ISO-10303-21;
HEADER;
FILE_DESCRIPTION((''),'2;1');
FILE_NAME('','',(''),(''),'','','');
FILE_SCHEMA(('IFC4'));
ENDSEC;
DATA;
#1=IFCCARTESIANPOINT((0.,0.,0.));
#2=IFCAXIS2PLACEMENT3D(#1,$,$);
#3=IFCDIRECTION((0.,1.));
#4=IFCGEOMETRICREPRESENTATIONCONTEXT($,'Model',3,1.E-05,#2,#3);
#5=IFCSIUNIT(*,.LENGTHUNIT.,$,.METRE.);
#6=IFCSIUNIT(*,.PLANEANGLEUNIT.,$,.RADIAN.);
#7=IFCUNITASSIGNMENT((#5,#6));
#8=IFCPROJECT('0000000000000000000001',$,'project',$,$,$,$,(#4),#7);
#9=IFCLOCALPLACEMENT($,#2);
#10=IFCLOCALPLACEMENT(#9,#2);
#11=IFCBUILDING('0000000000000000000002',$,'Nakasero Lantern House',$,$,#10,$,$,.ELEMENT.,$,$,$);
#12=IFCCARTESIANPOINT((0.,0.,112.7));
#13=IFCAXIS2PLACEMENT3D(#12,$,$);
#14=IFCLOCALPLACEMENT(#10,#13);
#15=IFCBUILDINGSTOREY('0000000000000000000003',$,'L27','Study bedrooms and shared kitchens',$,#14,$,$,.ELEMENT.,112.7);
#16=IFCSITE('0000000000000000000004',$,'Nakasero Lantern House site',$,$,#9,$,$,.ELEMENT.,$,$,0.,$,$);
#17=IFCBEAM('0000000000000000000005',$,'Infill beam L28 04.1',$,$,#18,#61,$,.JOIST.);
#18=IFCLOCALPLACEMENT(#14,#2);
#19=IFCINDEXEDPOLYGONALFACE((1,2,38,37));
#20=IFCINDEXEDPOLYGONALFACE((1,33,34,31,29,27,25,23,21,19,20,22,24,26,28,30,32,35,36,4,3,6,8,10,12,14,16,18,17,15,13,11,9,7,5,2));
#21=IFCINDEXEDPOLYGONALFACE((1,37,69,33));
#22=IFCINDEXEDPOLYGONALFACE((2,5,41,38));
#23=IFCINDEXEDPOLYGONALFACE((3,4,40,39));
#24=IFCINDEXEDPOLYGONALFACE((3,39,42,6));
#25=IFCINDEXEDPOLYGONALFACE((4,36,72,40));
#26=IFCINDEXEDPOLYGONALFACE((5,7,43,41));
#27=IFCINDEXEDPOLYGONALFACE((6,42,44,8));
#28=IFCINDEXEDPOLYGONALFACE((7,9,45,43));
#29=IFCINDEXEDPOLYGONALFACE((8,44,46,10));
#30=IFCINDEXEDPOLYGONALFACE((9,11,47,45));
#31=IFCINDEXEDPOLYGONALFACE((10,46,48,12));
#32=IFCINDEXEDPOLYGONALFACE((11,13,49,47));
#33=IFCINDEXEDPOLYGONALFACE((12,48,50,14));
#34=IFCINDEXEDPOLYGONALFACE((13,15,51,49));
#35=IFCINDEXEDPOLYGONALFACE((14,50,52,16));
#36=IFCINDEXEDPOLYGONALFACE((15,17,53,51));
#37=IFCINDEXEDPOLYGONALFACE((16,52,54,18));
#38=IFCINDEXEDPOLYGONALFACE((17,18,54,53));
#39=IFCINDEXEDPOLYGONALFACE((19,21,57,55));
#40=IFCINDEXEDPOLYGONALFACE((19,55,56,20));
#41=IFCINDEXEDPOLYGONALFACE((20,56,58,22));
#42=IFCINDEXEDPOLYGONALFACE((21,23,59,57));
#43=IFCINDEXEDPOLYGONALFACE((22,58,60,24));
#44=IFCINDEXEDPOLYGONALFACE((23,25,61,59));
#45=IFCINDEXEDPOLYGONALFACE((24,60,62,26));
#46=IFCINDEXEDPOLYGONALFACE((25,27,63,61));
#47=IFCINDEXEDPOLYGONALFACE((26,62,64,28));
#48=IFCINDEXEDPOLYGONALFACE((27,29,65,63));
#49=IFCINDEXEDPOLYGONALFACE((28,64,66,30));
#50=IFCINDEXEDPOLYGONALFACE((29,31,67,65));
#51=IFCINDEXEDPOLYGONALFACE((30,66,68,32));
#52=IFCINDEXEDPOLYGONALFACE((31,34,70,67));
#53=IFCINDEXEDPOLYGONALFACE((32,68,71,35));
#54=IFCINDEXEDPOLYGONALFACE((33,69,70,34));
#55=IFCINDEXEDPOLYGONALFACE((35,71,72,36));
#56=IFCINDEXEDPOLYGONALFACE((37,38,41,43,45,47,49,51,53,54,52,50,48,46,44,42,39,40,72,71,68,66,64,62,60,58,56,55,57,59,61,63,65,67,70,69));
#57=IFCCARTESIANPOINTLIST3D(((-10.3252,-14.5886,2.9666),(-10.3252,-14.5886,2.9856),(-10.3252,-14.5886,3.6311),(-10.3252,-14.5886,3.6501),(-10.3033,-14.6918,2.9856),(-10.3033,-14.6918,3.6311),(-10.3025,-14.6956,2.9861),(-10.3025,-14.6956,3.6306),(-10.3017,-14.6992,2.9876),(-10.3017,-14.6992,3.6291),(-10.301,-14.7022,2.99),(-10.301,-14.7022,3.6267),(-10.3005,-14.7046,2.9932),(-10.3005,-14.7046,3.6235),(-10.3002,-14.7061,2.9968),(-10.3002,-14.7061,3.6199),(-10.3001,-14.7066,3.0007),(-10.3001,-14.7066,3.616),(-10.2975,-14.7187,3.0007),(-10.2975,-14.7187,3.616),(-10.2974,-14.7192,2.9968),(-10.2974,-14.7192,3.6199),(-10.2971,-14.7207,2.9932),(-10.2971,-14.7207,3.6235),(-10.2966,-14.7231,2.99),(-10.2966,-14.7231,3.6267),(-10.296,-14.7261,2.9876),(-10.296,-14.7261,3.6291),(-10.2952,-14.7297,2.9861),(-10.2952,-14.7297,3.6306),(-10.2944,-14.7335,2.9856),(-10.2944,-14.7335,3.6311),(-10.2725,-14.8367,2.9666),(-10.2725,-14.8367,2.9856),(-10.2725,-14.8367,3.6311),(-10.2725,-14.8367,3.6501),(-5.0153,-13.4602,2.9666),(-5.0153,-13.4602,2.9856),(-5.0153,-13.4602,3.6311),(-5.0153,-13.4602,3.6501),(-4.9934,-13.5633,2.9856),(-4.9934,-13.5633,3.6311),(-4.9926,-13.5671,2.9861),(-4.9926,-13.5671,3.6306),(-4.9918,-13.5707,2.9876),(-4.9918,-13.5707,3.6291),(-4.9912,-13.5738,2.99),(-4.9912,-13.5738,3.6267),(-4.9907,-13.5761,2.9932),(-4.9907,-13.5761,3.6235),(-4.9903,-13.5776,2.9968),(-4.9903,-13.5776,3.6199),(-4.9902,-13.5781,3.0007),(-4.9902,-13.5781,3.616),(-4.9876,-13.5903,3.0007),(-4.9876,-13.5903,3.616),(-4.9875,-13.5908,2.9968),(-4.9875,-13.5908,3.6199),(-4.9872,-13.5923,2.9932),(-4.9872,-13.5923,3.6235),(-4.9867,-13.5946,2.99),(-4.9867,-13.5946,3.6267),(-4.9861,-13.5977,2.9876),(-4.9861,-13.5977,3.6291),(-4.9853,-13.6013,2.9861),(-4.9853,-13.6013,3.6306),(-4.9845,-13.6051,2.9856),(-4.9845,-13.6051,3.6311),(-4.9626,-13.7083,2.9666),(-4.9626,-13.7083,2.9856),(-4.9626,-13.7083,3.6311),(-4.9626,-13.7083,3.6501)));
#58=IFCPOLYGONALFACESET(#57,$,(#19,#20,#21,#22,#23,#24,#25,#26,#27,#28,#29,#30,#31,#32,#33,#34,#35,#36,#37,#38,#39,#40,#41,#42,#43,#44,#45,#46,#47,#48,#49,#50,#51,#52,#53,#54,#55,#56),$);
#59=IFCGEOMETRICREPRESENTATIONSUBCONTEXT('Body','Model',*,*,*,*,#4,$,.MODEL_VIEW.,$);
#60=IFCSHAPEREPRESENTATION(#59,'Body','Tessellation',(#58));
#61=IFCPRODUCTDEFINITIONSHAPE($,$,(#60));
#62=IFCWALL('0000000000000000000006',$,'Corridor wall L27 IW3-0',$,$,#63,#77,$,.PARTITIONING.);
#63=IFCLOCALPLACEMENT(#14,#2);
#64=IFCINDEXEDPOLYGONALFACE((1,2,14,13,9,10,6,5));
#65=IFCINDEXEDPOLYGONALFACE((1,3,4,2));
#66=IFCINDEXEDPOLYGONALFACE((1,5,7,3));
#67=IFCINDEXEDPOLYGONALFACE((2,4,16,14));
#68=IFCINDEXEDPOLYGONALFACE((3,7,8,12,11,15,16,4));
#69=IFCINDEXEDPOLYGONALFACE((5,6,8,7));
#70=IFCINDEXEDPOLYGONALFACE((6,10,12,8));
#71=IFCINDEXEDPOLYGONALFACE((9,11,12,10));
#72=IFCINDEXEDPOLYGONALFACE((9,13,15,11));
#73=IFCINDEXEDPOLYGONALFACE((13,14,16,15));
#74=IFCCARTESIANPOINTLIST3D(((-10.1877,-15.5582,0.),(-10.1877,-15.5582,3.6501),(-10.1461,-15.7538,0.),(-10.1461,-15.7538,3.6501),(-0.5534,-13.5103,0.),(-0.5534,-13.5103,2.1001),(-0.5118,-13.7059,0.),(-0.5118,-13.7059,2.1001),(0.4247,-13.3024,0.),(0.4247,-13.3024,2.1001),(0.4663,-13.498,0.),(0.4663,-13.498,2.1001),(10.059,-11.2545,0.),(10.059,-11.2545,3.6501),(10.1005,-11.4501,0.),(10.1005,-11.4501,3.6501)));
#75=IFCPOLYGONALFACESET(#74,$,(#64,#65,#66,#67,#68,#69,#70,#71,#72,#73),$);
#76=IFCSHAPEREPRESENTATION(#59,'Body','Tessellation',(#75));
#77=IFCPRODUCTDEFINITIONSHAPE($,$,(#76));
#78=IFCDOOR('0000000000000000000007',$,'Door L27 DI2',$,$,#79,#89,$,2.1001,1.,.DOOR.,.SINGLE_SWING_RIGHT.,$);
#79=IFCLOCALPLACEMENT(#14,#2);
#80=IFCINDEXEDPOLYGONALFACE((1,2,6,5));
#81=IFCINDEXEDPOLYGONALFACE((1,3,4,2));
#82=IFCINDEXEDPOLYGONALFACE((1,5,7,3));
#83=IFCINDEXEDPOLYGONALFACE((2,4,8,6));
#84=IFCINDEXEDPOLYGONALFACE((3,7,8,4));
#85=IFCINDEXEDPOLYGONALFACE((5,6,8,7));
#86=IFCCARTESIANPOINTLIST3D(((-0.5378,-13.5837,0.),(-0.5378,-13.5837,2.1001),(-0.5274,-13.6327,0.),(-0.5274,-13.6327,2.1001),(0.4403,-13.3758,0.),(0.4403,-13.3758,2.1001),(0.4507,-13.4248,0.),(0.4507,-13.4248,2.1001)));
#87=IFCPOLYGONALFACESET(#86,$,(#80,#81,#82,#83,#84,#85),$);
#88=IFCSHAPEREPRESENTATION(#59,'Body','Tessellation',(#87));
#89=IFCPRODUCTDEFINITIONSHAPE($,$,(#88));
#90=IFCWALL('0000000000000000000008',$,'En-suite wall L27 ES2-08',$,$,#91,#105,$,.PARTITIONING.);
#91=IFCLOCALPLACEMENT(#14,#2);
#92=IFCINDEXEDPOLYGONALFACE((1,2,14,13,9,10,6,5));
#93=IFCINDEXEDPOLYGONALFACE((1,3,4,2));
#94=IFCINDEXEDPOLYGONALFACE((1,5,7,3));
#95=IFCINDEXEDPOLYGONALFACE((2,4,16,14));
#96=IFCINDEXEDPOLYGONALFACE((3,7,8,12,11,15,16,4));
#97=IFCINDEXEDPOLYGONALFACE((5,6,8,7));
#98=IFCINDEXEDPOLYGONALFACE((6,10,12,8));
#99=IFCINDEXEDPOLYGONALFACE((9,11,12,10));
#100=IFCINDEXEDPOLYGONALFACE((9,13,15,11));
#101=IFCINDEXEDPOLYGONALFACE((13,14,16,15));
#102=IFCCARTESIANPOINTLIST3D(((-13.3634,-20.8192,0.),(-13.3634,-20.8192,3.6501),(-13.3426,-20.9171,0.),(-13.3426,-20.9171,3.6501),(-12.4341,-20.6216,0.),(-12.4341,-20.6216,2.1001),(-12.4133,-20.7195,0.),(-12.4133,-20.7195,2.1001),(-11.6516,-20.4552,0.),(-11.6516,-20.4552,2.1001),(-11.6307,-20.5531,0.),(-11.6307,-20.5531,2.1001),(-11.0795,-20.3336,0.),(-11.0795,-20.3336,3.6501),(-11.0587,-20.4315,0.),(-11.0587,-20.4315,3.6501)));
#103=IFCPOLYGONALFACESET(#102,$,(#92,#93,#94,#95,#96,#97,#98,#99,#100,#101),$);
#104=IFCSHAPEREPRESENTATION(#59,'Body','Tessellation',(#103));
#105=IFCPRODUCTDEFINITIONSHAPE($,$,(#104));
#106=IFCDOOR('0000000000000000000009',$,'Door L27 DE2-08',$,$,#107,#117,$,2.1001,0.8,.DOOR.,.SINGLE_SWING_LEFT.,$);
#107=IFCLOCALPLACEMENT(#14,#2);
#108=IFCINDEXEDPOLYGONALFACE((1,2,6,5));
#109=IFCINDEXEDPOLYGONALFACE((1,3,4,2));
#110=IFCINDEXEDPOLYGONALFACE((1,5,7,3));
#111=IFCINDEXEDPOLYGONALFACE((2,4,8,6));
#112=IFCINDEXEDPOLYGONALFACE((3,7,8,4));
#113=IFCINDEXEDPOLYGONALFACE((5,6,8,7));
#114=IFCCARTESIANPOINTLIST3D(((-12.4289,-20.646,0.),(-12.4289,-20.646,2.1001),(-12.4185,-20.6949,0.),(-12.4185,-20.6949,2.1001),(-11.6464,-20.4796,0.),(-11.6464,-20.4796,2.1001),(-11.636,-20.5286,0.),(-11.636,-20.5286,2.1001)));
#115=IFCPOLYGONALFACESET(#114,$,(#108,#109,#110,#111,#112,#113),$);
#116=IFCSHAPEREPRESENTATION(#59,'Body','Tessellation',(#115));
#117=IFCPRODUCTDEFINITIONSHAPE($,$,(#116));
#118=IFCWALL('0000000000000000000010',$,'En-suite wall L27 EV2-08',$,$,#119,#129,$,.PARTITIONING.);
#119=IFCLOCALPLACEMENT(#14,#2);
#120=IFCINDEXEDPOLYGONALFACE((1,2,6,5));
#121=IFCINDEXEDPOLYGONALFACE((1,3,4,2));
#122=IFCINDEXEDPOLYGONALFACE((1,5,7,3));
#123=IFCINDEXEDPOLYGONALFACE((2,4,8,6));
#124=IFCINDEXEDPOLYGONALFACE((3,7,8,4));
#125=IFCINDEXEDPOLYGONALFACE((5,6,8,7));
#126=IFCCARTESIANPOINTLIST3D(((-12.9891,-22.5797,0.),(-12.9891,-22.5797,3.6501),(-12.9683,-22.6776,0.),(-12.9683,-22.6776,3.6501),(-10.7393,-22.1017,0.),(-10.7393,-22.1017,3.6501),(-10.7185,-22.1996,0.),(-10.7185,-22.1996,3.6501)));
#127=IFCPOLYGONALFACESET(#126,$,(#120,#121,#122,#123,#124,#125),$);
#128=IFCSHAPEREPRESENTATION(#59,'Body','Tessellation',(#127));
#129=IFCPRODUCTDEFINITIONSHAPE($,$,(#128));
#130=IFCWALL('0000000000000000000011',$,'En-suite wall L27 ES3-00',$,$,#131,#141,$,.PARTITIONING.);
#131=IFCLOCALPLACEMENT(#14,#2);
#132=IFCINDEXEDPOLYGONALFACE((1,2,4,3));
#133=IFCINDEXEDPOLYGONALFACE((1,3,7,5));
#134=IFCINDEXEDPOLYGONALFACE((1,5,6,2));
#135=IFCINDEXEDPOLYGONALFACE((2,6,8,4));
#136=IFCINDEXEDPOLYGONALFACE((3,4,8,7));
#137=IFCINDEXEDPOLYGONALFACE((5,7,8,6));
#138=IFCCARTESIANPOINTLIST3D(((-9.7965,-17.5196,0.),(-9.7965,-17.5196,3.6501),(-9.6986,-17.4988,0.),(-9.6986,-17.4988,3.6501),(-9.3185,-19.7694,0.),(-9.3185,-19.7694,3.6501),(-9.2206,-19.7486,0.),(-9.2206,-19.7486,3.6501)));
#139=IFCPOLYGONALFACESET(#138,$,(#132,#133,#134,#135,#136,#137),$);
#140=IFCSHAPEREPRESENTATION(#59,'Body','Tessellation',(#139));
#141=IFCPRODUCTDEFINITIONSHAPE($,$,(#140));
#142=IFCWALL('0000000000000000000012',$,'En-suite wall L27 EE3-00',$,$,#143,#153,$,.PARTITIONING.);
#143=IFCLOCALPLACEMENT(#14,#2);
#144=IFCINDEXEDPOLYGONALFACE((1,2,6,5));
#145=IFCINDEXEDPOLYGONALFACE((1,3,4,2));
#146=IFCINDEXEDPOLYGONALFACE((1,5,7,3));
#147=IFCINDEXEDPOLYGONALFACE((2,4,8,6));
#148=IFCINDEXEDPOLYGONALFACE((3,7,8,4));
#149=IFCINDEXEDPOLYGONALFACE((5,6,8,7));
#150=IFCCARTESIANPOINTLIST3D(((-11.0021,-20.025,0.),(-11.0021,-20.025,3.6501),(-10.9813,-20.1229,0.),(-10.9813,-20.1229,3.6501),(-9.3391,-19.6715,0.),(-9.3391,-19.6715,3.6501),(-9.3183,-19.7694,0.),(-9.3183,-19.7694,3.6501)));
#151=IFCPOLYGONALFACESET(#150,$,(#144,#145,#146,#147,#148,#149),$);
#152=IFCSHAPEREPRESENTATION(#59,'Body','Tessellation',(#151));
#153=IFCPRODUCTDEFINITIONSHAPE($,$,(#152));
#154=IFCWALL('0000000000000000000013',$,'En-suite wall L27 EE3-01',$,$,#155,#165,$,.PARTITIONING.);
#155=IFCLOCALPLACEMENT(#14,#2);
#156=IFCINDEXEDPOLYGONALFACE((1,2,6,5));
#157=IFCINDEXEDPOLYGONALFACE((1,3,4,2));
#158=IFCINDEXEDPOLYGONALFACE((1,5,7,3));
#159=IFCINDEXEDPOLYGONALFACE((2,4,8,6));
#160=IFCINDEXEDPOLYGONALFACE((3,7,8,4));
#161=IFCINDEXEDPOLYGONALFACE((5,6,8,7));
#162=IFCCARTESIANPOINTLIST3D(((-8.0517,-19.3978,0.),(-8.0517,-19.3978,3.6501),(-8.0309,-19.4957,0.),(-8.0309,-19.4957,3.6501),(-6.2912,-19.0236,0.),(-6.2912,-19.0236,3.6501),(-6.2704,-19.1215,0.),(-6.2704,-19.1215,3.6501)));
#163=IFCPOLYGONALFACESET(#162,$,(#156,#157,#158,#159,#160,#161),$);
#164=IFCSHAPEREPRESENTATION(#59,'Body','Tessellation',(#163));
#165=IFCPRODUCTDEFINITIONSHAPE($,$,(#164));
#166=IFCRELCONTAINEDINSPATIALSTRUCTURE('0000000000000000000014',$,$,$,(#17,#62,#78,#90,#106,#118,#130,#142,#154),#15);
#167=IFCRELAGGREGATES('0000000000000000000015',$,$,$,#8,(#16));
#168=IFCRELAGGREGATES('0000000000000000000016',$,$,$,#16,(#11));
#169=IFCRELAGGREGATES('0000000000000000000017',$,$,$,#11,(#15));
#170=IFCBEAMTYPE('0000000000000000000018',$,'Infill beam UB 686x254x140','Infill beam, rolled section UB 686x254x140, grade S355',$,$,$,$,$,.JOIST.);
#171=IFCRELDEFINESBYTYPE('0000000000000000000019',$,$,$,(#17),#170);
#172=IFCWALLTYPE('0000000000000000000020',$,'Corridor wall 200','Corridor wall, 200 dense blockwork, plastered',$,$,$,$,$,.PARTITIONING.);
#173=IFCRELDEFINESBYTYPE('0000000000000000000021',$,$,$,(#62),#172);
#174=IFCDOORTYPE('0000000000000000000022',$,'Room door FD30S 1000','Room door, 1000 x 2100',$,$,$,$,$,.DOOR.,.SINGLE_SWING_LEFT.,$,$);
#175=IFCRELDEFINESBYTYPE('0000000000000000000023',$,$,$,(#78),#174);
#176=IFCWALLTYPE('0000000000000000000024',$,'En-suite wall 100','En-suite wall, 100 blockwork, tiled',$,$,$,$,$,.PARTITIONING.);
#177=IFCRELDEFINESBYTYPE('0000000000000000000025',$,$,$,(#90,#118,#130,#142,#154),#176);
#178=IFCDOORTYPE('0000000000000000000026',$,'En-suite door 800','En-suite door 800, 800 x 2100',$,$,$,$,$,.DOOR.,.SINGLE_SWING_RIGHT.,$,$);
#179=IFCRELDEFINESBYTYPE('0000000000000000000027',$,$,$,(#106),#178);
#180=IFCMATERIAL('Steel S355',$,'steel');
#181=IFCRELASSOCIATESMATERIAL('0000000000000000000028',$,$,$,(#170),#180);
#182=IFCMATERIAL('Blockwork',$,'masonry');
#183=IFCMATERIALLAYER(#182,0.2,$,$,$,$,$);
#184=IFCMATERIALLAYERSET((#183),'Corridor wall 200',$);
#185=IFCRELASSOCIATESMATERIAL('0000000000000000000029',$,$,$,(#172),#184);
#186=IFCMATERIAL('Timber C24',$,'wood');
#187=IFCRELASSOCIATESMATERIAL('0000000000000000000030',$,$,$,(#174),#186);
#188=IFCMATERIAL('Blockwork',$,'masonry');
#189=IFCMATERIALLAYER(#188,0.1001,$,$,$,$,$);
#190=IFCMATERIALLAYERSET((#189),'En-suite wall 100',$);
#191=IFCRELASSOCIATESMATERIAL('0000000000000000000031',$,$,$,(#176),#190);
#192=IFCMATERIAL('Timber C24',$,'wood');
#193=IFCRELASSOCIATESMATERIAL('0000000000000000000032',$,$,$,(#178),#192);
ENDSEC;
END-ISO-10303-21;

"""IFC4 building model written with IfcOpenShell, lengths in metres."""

from ifc_helpers import new_model, si_unit, direction, frame, frame_2d, origin, origin_2d, place, context, subcontext, project, spatial, rectangle, i_section, extrude, material, layer, layer_set, material_profile, profile_set, type_object, element, fill, save


model = new_model("IFC4")

# Units and contexts
model_context = context("Model", 3, precision=1e-05, world=origin(), true_north=direction((0.0, 1.0)))
body_context = subcontext(model_context, "Body", "Model", "MODEL_VIEW")
ifc_project = project(units=[si_unit("LENGTHUNIT", "METRE"), si_unit("PLANEANGLEUNIT", "RADIAN")], contexts=[model_context])

# Site, building, storey
site_placement = place(None, origin())
site = spatial("IfcSite", under=ifc_project, at=site_placement, Name="Nakasero Lantern House site", CompositionType="ELEMENT", RefElevation=0.0)
building_placement = place(site_placement, origin())
building = spatial("IfcBuilding", under=site, at=building_placement, Name="Nakasero Lantern House", CompositionType="ELEMENT")
storey_placement = place(building_placement, frame((0.0, 0.0, 112.7)))
storey = spatial("IfcBuildingStorey", under=building, at=storey_placement, Name="L27", Description="Study bedrooms and shared kitchens", CompositionType="ELEMENT", Elevation=112.7)

# Beam
ifc_material_1 = material(Name="Steel S355", Category="steel")
ifc_material_profile = material_profile(ifc_material_1, i_section(OverallWidth=0.2537, OverallDepth=0.6836, WebThickness=0.0125, FlangeThickness=0.019, FilletRadius=0.0151, at=origin_2d()), Name="UB 686x254x140")
ifc_profile_set = profile_set([ifc_material_profile], Name="Steel S355")
beam_type = type_object("IfcBeamType", Name="Infill beam UB 686x254x140", Description="Infill beam, rolled section UB 686x254x140, grade S355", PredefinedType="JOIST", material=ifc_profile_set)
beam_placement = place(storey_placement, frame((-10.2988, -14.7126, 3.3083), z_axis=(0.978156, 0.207873, 0.0), x_axis=(-0.207873, 0.978156, 0.0)))
element("IfcBeam", 1, at=beam_placement, inside=storey, type_object=beam_type, Name="Infill beam L28 04.1", PredefinedType="JOIST", context=body_context, shape_type="SweptSolid", body=[
    extrude(i_section(OverallWidth=0.2537, OverallDepth=0.6836, WebThickness=0.0125, FlangeThickness=0.019, FilletRadius=0.0151, at=origin_2d()), origin(), (0.0, 0.0, 1.0), 5.4285),
])

# Walls, openings, doors
ifc_material_2 = material(Name="Blockwork", Category="masonry")
ifc_layer_1 = layer(ifc_material_2, 0.2)
ifc_layer_set_1 = layer_set([ifc_layer_1], Name="Corridor wall 200")
wall_type_1 = type_object("IfcWallType", Name="Corridor wall 200", Description="Corridor wall, 200 dense blockwork, plastered", PredefinedType="PARTITIONING", material=ifc_layer_set_1)
wall_1_placement = place(storey_placement, frame((-10.167, -15.656, 0.0), z_axis=(0.0, 0.0, 1.0), x_axis=(0.978146, 0.207919, 0.0)))
wall_1 = element("IfcWall", 2, at=wall_1_placement, inside=storey, type_object=wall_type_1, Name="Corridor wall L27 IW3-0", PredefinedType="PARTITIONING", context=body_context, shape_type="SweptSolid", body=[
    extrude(rectangle(XDim=20.699, YDim=0.2, at=frame_2d((10.3496, 0.0))), origin(), (0.0, 0.0, 1.0), 3.6501),
])
opening_1_placement = place(wall_1_placement, frame((9.8496, 0.0, 0.0)))
opening_1 = element("IfcOpeningElement", 3, at=opening_1_placement, cuts=wall_1, PredefinedType="OPENING", context=body_context, shape_type="SweptSolid", body=[
    extrude(rectangle(XDim=1.0, YDim=2.1001, at=frame_2d((0.5, 1.05))), frame((0.0, 0.1199, 0.0), z_axis=(0.0, -1.0, 0.0), x_axis=(1.0, 0.0, 0.0)), (0.0, 0.0, 1.0), 0.24),
])
ifc_material_3 = material(Name="Timber C24", Category="wood")
door_type_1 = type_object("IfcDoorType", Name="Room door FD30S 1000", Description="Room door, 1000 x 2100", OperationType="SINGLE_SWING_LEFT", PredefinedType="DOOR", material=ifc_material_3)
door_1_placement = place(opening_1_placement, origin())
door_1 = element("IfcDoor", 4, at=door_1_placement, inside=storey, type_object=door_type_1, Name="Door L27 DI2", OperationType="SINGLE_SWING_RIGHT", OverallHeight=2.1001, OverallWidth=1.0, PredefinedType="DOOR", context=body_context, shape_type="SweptSolid", body=[
    extrude(rectangle(XDim=1.0, YDim=2.1001, at=frame_2d((0.5, 1.05))), frame((0.0, 0.0249, 0.0), z_axis=(0.0, -1.0, 0.0), x_axis=(1.0, 0.0, 0.0)), (0.0, 0.0, 1.0), 0.05),
])
fill(opening_1, door_1)
ifc_material_4 = material(Name="Blockwork", Category="masonry")
ifc_layer_2 = layer(ifc_material_4, 0.1001)
ifc_layer_set_2 = layer_set([ifc_layer_2], Name="En-suite wall 100")
wall_type_2 = type_object("IfcWallType", Name="En-suite wall 100", Description="En-suite wall, 100 blockwork, tiled", PredefinedType="PARTITIONING", material=ifc_layer_set_2)
wall_2_placement = place(storey_placement, frame((-11.0691, -20.3826, 0.0), z_axis=(0.0, 0.0, 1.0), x_axis=(-0.978136, -0.207965, 0.0)))
wall_2 = element("IfcWall", 5, at=wall_2_placement, inside=storey, type_object=wall_type_2, Name="En-suite wall L27 ES2-08", PredefinedType="PARTITIONING", context=body_context, shape_type="SweptSolid", body=[
    extrude(rectangle(XDim=2.335, YDim=0.1001, at=frame_2d((1.1675, 0.0))), origin(), (0.0, 0.0, 1.0), 3.6501),
])
opening_2_placement = place(wall_2_placement, frame((0.585, 0.0, 0.0)))
opening_2 = element("IfcOpeningElement", 6, at=opening_2_placement, cuts=wall_2, PredefinedType="OPENING", context=body_context, shape_type="SweptSolid", body=[
    extrude(rectangle(XDim=0.8, YDim=2.1001, at=frame_2d((0.3999, 1.05))), frame((0.0, 0.0701, 0.0), z_axis=(0.0, -1.0, 0.0), x_axis=(1.0, 0.0, 0.0)), (0.0, 0.0, 1.0), 0.1401),
])
ifc_material_5 = material(Name="Timber C24", Category="wood")
door_type_2 = type_object("IfcDoorType", Name="En-suite door 800", Description="En-suite door 800, 800 x 2100", OperationType="SINGLE_SWING_RIGHT", PredefinedType="DOOR", material=ifc_material_5)
door_2_placement = place(opening_2_placement, origin())
door_2 = element("IfcDoor", 7, at=door_2_placement, inside=storey, type_object=door_type_2, Name="Door L27 DE2-08", OperationType="SINGLE_SWING_LEFT", OverallHeight=2.1001, OverallWidth=0.8, PredefinedType="DOOR", context=body_context, shape_type="SweptSolid", body=[
    extrude(rectangle(XDim=0.8, YDim=2.1001, at=frame_2d((0.3999, 1.05))), frame((0.0, 0.0249, 0.0), z_axis=(0.0, -1.0, 0.0), x_axis=(1.0, 0.0, 0.0)), (0.0, 0.0, 1.0), 0.05),
])
fill(opening_2, door_2)

# Walls
for number, where, z_axis, x_axis, name in (
    (8, (-10.729, -22.1506, 0.0), (0.0, 0.0, 1.0), (-0.978163, -0.20784, 0.0), "En-suite wall L27 EV2-08"),
    (9, (-9.7476, -17.5093, 0.0), (0.0, 0.0, 1.0), (0.20784, -0.978163, 0.0), "En-suite wall L27 ES3-00"),
):
    element("IfcWall", number, at=place(storey_placement, frame(where, z_axis=z_axis, x_axis=x_axis)), inside=storey, type_object=wall_type_2, Name=name, PredefinedType="PARTITIONING", context=body_context, shape_type="SweptSolid", body=[
        extrude(rectangle(XDim=2.3, YDim=0.1001, at=frame_2d((1.1499, 0.0))), origin(), (0.0, 0.0, 1.0), 3.6501),
    ])
wall_3_placement = place(storey_placement, frame((-10.9917, -20.074, 0.0), z_axis=(0.0, 0.0, 1.0), x_axis=(0.978146, 0.207921, 0.0)))
element("IfcWall", 10, at=wall_3_placement, inside=storey, type_object=wall_type_2, Name="En-suite wall L27 EE3-00", PredefinedType="PARTITIONING", context=body_context, shape_type="SweptSolid", body=[
    extrude(rectangle(XDim=1.7002, YDim=0.1001, at=frame_2d((0.8501, 0.0))), origin(), (0.0, 0.0, 1.0), 3.6501),
])
wall_4_placement = place(storey_placement, frame((-8.0413, -19.4468, 0.0), z_axis=(0.0, 0.0, 1.0), x_axis=(0.978141, 0.207945, 0.0)))
element("IfcWall", 11, at=wall_4_placement, inside=storey, type_object=wall_type_2, Name="En-suite wall L27 EE3-01", PredefinedType="PARTITIONING", context=body_context, shape_type="SweptSolid", body=[
    extrude(rectangle(XDim=1.7998, YDim=0.1001, at=frame_2d((0.8999, 0.0))), origin(), (0.0, 0.0, 1.0), 3.6501),
])

save(model, "model.ifc")
